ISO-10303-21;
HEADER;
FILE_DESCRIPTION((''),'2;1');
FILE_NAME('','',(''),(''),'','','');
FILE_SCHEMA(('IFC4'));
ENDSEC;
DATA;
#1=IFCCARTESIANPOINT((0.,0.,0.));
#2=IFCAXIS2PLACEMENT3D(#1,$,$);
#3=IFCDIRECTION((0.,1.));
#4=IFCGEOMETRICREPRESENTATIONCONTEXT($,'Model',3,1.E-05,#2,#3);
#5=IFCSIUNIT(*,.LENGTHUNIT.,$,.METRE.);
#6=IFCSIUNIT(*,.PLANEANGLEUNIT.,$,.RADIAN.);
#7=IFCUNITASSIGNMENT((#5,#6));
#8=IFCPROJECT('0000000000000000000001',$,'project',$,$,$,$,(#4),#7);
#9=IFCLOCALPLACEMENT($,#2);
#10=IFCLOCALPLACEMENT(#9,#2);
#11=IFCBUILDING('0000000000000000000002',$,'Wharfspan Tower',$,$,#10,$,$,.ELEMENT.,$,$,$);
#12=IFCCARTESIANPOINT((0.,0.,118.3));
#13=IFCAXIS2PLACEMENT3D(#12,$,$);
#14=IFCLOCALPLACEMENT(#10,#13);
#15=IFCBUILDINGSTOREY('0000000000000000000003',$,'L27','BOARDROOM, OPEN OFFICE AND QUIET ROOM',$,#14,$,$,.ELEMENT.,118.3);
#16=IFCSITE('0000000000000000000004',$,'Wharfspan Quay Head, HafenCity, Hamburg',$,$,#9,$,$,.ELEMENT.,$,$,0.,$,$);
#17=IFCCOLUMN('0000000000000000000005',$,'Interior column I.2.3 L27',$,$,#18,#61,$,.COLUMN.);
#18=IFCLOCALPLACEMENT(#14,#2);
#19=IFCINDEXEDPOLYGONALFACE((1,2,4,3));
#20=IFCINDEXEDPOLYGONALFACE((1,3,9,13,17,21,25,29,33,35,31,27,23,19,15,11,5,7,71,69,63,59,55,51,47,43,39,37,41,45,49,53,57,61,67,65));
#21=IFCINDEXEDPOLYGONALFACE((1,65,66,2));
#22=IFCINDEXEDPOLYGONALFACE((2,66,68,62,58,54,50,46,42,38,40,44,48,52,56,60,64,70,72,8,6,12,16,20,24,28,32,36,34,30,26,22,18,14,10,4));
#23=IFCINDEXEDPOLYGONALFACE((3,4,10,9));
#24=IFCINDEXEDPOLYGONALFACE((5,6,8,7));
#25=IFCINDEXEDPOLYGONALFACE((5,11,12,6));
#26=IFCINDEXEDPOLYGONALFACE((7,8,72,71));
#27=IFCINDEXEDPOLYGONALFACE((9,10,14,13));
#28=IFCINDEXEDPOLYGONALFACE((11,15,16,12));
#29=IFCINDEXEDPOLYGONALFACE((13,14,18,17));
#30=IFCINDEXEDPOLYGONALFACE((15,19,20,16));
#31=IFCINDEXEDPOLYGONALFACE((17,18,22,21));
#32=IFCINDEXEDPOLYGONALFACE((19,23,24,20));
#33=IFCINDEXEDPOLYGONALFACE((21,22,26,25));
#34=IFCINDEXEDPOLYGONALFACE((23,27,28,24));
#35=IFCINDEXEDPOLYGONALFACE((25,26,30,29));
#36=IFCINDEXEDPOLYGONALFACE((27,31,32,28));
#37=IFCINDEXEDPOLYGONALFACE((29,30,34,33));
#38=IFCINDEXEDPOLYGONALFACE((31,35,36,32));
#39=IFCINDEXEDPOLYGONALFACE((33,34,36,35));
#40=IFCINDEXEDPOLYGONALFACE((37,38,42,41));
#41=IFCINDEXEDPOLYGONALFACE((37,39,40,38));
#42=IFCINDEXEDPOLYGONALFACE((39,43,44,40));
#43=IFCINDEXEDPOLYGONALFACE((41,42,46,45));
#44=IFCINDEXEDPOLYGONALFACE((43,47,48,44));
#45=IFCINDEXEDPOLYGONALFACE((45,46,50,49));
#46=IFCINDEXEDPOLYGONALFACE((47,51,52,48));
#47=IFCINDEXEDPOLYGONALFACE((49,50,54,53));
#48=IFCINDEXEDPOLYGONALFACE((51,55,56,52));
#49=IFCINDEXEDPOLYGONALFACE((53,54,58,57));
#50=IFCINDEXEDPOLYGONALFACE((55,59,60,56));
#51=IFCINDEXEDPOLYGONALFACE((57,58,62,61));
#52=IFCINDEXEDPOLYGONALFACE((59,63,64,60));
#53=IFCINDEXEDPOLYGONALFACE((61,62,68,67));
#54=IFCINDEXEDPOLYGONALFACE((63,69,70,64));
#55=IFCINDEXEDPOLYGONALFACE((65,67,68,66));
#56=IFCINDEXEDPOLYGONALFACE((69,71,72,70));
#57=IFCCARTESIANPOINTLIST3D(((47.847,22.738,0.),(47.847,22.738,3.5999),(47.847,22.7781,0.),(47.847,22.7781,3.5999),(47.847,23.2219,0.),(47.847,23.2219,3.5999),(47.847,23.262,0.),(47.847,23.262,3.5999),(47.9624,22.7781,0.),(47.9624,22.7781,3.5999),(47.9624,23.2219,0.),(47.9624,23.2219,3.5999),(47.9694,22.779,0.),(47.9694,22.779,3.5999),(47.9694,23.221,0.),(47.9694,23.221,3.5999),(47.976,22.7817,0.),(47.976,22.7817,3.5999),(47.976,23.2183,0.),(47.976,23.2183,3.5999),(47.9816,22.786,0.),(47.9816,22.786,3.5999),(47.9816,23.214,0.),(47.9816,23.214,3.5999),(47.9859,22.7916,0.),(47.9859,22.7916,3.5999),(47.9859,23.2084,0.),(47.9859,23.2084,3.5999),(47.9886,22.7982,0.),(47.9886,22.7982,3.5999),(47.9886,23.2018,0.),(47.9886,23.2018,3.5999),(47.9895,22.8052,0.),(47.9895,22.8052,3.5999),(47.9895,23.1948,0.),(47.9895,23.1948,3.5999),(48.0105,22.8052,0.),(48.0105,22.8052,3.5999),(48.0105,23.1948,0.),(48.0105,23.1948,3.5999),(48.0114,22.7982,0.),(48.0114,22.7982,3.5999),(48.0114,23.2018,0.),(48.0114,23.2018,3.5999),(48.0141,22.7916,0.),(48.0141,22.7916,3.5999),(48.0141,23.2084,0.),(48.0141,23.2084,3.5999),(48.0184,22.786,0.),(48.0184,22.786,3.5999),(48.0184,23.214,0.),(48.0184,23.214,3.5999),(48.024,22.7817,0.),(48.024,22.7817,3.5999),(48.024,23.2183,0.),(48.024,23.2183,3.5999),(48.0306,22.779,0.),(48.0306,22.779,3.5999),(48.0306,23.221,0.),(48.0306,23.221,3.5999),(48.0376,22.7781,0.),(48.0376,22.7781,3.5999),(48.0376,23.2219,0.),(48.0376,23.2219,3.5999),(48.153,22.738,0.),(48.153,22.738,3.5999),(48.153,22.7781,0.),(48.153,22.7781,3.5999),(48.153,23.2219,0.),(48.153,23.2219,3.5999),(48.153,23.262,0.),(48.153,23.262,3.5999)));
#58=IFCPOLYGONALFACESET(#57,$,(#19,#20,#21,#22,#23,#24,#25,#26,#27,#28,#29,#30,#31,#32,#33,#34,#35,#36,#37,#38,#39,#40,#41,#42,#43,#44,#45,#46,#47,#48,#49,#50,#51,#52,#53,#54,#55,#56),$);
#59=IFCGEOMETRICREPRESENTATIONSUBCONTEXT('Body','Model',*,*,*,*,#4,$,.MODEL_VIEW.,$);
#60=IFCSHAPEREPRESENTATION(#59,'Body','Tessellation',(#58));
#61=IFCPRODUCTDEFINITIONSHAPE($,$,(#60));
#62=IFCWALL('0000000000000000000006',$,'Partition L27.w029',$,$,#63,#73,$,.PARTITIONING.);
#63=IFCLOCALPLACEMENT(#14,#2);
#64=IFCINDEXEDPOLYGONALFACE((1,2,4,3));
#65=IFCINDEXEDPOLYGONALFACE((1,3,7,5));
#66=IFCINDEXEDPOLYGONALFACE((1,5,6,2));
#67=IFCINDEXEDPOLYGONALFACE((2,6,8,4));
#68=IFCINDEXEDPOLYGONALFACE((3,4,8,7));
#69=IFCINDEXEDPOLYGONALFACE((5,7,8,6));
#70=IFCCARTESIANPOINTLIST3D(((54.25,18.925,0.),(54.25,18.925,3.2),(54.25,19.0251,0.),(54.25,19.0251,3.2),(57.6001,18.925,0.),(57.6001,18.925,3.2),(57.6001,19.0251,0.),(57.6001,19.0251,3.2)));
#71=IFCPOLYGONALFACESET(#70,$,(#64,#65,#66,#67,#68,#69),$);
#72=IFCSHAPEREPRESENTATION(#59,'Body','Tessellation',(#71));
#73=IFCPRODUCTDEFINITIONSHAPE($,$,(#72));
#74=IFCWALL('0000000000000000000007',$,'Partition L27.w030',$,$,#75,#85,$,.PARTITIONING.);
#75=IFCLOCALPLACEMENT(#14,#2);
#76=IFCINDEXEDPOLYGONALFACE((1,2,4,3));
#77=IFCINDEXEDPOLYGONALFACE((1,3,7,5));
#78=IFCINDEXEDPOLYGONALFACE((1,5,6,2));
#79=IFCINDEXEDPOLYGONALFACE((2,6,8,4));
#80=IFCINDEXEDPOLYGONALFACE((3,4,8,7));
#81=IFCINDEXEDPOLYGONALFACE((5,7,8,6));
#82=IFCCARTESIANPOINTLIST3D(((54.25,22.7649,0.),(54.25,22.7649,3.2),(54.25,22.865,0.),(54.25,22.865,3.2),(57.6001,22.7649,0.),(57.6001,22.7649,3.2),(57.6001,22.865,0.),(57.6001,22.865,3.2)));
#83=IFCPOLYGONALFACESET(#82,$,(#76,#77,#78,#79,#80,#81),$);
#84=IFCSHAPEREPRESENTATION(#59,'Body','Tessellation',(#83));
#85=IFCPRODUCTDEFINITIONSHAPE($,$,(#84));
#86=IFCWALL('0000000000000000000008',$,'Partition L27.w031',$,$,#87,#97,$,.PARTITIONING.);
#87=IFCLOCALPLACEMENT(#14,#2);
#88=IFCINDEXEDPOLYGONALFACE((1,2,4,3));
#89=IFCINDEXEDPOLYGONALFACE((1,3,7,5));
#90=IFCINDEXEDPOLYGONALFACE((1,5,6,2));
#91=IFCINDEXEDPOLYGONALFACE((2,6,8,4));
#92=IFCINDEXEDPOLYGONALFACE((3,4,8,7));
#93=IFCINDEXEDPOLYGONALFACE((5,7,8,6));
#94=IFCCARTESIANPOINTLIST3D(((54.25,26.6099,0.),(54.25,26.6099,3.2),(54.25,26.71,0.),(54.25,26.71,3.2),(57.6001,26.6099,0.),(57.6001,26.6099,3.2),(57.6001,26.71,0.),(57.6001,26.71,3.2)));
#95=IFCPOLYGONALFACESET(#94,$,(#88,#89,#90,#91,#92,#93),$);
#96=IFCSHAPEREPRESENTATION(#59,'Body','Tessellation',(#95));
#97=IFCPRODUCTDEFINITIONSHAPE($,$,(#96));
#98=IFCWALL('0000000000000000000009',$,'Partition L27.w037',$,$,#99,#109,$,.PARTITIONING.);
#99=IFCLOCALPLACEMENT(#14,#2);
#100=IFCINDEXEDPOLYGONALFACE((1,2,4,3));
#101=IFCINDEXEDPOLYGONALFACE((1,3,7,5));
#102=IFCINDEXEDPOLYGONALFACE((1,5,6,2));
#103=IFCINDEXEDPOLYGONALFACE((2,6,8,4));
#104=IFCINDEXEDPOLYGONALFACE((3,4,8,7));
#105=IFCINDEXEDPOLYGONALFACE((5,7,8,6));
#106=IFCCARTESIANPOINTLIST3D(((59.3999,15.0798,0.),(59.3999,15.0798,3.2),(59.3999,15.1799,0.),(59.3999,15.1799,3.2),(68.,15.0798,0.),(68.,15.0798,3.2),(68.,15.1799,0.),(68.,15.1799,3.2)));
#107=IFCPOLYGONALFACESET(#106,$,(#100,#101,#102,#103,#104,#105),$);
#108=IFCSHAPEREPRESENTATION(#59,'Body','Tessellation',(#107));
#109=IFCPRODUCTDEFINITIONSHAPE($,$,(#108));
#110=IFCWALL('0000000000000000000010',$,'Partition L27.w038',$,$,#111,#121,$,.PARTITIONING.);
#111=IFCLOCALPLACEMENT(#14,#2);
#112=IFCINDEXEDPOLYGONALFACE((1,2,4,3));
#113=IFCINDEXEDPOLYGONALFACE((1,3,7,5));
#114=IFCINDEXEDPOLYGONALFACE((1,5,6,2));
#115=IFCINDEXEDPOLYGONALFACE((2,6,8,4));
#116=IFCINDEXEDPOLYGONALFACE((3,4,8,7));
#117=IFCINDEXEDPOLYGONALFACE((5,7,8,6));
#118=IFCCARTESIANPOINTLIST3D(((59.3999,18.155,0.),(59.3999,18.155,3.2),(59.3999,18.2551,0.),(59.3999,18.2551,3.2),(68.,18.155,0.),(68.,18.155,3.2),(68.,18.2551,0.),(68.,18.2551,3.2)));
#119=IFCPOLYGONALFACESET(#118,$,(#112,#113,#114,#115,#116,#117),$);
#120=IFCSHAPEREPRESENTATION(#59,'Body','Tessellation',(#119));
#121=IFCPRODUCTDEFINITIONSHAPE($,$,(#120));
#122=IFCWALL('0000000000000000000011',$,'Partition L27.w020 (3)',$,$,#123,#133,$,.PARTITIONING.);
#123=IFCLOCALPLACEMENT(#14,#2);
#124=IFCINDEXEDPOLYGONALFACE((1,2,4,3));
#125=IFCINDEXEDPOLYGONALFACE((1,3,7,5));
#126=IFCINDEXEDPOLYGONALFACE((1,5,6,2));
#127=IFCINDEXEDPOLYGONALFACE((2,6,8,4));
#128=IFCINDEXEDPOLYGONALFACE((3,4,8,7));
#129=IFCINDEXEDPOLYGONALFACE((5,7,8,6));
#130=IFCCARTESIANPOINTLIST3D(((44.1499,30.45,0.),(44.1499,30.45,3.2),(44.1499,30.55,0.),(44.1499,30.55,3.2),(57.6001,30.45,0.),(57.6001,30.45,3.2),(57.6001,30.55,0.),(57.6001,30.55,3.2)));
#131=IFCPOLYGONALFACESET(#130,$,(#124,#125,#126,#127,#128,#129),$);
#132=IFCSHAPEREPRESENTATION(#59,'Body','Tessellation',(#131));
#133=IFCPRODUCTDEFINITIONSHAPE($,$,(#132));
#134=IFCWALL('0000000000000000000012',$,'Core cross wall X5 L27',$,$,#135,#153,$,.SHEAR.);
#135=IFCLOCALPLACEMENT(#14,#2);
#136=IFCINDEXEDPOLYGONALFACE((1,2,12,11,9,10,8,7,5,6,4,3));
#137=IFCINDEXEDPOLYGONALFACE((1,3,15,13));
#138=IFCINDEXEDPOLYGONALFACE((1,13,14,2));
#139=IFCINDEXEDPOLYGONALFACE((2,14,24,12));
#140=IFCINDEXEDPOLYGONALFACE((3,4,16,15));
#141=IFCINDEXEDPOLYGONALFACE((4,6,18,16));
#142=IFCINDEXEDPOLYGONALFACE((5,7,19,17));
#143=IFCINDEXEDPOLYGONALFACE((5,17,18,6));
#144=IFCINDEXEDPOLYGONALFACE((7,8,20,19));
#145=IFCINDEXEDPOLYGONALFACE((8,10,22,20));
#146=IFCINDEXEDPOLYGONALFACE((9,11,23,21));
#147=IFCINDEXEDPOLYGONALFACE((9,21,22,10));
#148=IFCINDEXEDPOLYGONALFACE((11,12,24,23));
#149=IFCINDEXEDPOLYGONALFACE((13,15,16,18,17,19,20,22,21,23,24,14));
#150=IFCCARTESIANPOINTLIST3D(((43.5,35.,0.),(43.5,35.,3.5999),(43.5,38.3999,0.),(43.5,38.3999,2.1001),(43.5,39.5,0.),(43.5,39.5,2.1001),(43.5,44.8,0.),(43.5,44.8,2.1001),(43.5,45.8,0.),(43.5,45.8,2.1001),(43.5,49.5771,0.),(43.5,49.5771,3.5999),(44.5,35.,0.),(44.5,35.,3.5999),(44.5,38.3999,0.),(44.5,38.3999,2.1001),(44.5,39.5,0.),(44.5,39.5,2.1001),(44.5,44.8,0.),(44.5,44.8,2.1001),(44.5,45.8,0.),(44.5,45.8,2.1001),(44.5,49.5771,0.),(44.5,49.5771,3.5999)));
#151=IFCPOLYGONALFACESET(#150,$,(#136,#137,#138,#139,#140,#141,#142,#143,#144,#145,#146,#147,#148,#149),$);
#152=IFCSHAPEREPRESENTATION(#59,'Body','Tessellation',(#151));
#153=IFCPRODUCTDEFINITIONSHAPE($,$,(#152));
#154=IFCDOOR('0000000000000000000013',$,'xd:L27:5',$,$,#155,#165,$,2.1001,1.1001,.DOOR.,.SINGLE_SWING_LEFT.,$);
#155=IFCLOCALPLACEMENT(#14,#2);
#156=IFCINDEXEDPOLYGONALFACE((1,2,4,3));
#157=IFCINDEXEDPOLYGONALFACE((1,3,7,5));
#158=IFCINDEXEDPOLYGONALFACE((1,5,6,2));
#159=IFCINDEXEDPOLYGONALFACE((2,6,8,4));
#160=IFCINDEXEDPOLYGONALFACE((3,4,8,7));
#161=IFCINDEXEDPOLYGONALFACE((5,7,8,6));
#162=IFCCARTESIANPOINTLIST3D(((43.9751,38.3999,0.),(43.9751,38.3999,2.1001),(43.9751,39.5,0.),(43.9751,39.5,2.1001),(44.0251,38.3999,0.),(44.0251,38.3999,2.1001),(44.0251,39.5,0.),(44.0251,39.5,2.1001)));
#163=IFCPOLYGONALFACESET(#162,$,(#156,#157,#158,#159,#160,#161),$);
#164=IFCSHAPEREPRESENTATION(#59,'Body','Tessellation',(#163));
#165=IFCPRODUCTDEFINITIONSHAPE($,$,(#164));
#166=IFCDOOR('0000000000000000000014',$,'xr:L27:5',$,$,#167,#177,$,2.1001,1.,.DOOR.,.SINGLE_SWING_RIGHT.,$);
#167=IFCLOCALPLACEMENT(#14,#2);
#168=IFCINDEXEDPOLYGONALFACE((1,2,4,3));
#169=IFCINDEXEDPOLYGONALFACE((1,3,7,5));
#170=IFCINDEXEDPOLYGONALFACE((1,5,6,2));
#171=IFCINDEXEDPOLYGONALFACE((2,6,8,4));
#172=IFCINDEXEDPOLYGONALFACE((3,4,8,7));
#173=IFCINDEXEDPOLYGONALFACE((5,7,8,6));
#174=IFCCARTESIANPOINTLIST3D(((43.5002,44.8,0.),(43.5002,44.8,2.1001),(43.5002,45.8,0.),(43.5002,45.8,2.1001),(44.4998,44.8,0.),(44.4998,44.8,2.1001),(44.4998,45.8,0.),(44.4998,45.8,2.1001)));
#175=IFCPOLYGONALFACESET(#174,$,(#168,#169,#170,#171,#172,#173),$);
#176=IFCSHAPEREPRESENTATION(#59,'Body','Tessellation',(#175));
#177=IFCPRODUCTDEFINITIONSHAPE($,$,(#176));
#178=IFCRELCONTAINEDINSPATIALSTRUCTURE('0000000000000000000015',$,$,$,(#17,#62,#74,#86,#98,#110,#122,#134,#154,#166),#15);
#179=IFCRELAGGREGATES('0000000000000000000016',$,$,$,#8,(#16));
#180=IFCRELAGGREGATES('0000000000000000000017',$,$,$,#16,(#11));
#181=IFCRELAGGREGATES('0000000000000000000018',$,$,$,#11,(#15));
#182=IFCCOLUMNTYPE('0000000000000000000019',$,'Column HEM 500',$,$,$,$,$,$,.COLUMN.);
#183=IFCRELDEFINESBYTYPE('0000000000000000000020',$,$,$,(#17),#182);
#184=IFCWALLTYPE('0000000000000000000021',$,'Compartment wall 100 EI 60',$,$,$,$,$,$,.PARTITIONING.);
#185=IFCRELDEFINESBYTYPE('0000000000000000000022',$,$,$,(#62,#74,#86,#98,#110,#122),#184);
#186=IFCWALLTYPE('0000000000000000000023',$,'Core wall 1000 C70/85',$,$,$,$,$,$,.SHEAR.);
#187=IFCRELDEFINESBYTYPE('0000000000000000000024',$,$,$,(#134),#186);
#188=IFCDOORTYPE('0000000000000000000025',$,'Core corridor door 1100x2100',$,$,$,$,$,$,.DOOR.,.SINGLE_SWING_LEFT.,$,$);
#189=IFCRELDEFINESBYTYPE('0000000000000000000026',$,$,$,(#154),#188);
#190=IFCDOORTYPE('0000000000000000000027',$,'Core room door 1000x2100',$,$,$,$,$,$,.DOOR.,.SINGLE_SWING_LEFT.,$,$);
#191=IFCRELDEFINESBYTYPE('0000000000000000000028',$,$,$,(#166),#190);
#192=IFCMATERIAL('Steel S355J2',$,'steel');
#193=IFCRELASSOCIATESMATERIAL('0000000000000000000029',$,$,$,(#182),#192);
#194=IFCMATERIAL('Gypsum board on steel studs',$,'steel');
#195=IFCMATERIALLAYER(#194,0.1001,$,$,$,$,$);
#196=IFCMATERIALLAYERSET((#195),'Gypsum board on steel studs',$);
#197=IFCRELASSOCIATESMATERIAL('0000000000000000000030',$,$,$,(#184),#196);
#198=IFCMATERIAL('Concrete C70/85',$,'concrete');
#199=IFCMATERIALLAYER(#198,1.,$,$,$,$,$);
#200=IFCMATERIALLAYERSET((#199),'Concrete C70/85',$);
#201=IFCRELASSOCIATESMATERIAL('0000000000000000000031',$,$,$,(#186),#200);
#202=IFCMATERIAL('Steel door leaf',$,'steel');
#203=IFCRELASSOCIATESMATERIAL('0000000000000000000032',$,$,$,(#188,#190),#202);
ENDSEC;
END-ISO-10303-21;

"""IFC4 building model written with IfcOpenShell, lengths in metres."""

from ifc_helpers import new_model, si_unit, direction, frame, frame_2d, origin, origin_2d, place, context, subcontext, project, spatial, rectangle, i_section, extrude, material, layer, layer_set, material_profile, profile_set, type_object, element, fill, save


model = new_model("IFC4")

# Units and contexts
model_context = context("Model", 3, precision=1e-05, world=origin(), true_north=direction((0.0, 1.0)))
body_context = subcontext(model_context, "Body", "Model", "MODEL_VIEW")
ifc_project = project(units=[si_unit("LENGTHUNIT", "METRE"), si_unit("PLANEANGLEUNIT", "RADIAN")], contexts=[model_context])

# Site, building, storey
site_placement = place(None, origin())
site = spatial("IfcSite", under=ifc_project, at=site_placement, Name="Wharfspan Quay Head, HafenCity, Hamburg", CompositionType="ELEMENT", RefElevation=0.0)
building_placement = place(site_placement, origin())
building = spatial("IfcBuilding", under=site, at=building_placement, Name="Wharfspan Tower", CompositionType="ELEMENT")
storey_placement = place(building_placement, frame((0.0, 0.0, 118.3)))
storey = spatial("IfcBuildingStorey", under=building, at=storey_placement, Name="L27", Description="BOARDROOM, OPEN OFFICE AND QUIET ROOM", CompositionType="ELEMENT", Elevation=118.3)

# Column
ifc_material_1 = material(Name="Steel S355J2", Category="steel")
ifc_material_profile = material_profile(ifc_material_1, i_section(OverallWidth=0.3059, OverallDepth=0.5239, WebThickness=0.021, FlangeThickness=0.04, FilletRadius=0.0271, at=origin_2d()))
ifc_profile_set = profile_set([ifc_material_profile], Name="Steel S355J2")
column_type = type_object("IfcColumnType", Name="Column HEM 500", PredefinedType="COLUMN", material=ifc_profile_set)
column_placement = place(storey_placement, frame((48.0, 23.0, 0.0), z_axis=(0.0, 0.0, 1.0), x_axis=(1.0, 0.0, 0.0)))
element("IfcColumn", 1, at=column_placement, inside=storey, type_object=column_type, Name="Interior column I.2.3 L27", PredefinedType="COLUMN", context=body_context, shape_type="SweptSolid", body=[
    extrude(i_section(OverallWidth=0.3059, OverallDepth=0.5239, WebThickness=0.021, FlangeThickness=0.04, FilletRadius=0.0271, at=origin_2d()), origin(), (0.0, 0.0, 1.0), 3.5999),
])

# Walls
ifc_material_2 = material(Name="Gypsum board on steel studs", Category="steel")
ifc_layer_1 = layer(ifc_material_2, 0.1001)
ifc_layer_set_1 = layer_set([ifc_layer_1], Name="Gypsum board on steel studs")
wall_type_1 = type_object("IfcWallType", Name="Compartment wall 100 EI 60", PredefinedType="PARTITIONING", material=ifc_layer_set_1)
for number, where, z_axis, x_axis, name in (
    (2, (54.25, 18.9751, 0.0), (0.0, 0.0, 1.0), (1.0, 0.0, 0.0), "Partition L27.w029"),
    (3, (54.25, 22.8149, 0.0), (0.0, 0.0, 1.0), (1.0, 0.0, 0.0), "Partition L27.w030"),
    (4, (54.25, 26.6599, 0.0), (0.0, 0.0, 1.0), (1.0, 0.0, 0.0), "Partition L27.w031"),
):
    element("IfcWall", number, at=place(storey_placement, frame(where, z_axis=z_axis, x_axis=x_axis)), inside=storey, type_object=wall_type_1, Name=name, PredefinedType="PARTITIONING", context=body_context, shape_type="SweptSolid", body=[
        extrude(rectangle(XDim=3.3501, YDim=0.1001, at=frame_2d((1.675, 0.0))), origin(), (0.0, 0.0, 1.0), 3.2),
    ])
for number, where, z_axis, x_axis, name in (
    (5, (59.3999, 15.1299, 0.0), (0.0, 0.0, 1.0), (1.0, 0.0, 0.0), "Partition L27.w037"),
    (6, (59.3999, 18.2051, 0.0), (0.0, 0.0, 1.0), (1.0, 0.0, 0.0), "Partition L27.w038"),
):
    element("IfcWall", number, at=place(storey_placement, frame(where, z_axis=z_axis, x_axis=x_axis)), inside=storey, type_object=wall_type_1, Name=name, PredefinedType="PARTITIONING", context=body_context, shape_type="SweptSolid", body=[
        extrude(rectangle(XDim=8.6001, YDim=0.1001, at=frame_2d((4.3, 0.0))), origin(), (0.0, 0.0, 1.0), 3.2),
    ])
wall_1_placement = place(storey_placement, frame((44.1499, 30.5, 0.0), z_axis=(0.0, 0.0, 1.0), x_axis=(1.0, 0.0, 0.0)))
element("IfcWall", 7, at=wall_1_placement, inside=storey, type_object=wall_type_1, Name="Partition L27.w020 (3)", PredefinedType="PARTITIONING", context=body_context, shape_type="SweptSolid", body=[
    extrude(rectangle(XDim=13.4502, YDim=0.1001, at=frame_2d((6.7251, 0.0))), origin(), (0.0, 0.0, 1.0), 3.2),
])

# Wall, openings, doors
ifc_material_3 = material(Name="Concrete C70/85", Category="concrete")
ifc_layer_2 = layer(ifc_material_3, 1.0)
ifc_layer_set_2 = layer_set([ifc_layer_2], Name="Concrete C70/85")
wall_type_2 = type_object("IfcWallType", Name="Core wall 1000 C70/85", PredefinedType="SHEAR", material=ifc_layer_set_2)
wall_2_placement = place(storey_placement, frame((44.0, 35.0, 0.0), z_axis=(0.0, 0.0, 1.0), x_axis=(0.0, 1.0, 0.0)))
wall_2 = element("IfcWall", 8, at=wall_2_placement, inside=storey, type_object=wall_type_2, Name="Core cross wall X5 L27", PredefinedType="SHEAR", context=body_context, shape_type="SweptSolid", body=[
    extrude(rectangle(XDim=14.5771, YDim=1.0, at=frame_2d((7.2886, 0.0))), origin(), (0.0, 0.0, 1.0), 3.5999),
])
opening_1_placement = place(wall_2_placement, frame((3.3999, 0.0, 0.0)))
opening_1 = element("IfcOpeningElement", 9, at=opening_1_placement, cuts=wall_2, PredefinedType="OPENING", context=body_context, shape_type="SweptSolid", body=[
    extrude(rectangle(XDim=1.1001, YDim=2.1001, at=frame_2d((0.55, 1.05))), frame((0.0, 0.51, 0.0), z_axis=(0.0, -1.0, 0.0), x_axis=(1.0, 0.0, 0.0)), (0.0, 0.0, 1.0), 1.02),
])
opening_2_placement = place(wall_2_placement, frame((9.8, 0.0, 0.0)))
opening_2 = element("IfcOpeningElement", 10, at=opening_2_placement, cuts=wall_2, PredefinedType="OPENING", context=body_context, shape_type="SweptSolid", body=[
    extrude(rectangle(XDim=1.0, YDim=2.1001, at=frame_2d((0.5, 1.05))), frame((0.0, 0.51, 0.0), z_axis=(0.0, -1.0, 0.0), x_axis=(1.0, 0.0, 0.0)), (0.0, 0.0, 1.0), 1.02),
])
ifc_material_4 = material(Name="Steel door leaf", Category="steel")
door_type_1 = type_object("IfcDoorType", Name="Core corridor door 1100x2100", OperationType="SINGLE_SWING_LEFT", PredefinedType="DOOR", material=ifc_material_4)
door_1_placement = place(opening_1_placement, origin())
door_1 = element("IfcDoor", 11, at=door_1_placement, inside=storey, type_object=door_type_1, Name="xd:L27:5", OperationType="SINGLE_SWING_LEFT", OverallHeight=2.1001, OverallWidth=1.1001, PredefinedType="DOOR", context=body_context, shape_type="SweptSolid", body=[
    extrude(rectangle(XDim=1.1001, YDim=2.1001, at=frame_2d((0.55, 1.05))), frame((0.0, 0.0249, 0.0), z_axis=(0.0, -1.0, 0.0), x_axis=(1.0, 0.0, 0.0)), (0.0, 0.0, 1.0), 0.05),
])
fill(opening_1, door_1)
door_type_2 = type_object("IfcDoorType", Name="Core room door 1000x2100", OperationType="SINGLE_SWING_LEFT", PredefinedType="DOOR", material=ifc_material_4)
door_2_placement = place(opening_2_placement, origin())
door_2 = element("IfcDoor", 12, at=door_2_placement, inside=storey, type_object=door_type_2, Name="xr:L27:5", OperationType="SINGLE_SWING_RIGHT", OverallHeight=2.1001, OverallWidth=1.0, PredefinedType="DOOR", context=body_context, shape_type="SweptSolid", body=[
    extrude(rectangle(XDim=1.0, YDim=2.1001, at=frame_2d((0.5, 1.05))), frame((0.0, 0.4998, 0.0), z_axis=(0.0, -1.0, 0.0), x_axis=(1.0, 0.0, 0.0)), (0.0, 0.0, 1.0), 0.9995),
])
fill(opening_2, door_2)

save(model, "model.ifc")
